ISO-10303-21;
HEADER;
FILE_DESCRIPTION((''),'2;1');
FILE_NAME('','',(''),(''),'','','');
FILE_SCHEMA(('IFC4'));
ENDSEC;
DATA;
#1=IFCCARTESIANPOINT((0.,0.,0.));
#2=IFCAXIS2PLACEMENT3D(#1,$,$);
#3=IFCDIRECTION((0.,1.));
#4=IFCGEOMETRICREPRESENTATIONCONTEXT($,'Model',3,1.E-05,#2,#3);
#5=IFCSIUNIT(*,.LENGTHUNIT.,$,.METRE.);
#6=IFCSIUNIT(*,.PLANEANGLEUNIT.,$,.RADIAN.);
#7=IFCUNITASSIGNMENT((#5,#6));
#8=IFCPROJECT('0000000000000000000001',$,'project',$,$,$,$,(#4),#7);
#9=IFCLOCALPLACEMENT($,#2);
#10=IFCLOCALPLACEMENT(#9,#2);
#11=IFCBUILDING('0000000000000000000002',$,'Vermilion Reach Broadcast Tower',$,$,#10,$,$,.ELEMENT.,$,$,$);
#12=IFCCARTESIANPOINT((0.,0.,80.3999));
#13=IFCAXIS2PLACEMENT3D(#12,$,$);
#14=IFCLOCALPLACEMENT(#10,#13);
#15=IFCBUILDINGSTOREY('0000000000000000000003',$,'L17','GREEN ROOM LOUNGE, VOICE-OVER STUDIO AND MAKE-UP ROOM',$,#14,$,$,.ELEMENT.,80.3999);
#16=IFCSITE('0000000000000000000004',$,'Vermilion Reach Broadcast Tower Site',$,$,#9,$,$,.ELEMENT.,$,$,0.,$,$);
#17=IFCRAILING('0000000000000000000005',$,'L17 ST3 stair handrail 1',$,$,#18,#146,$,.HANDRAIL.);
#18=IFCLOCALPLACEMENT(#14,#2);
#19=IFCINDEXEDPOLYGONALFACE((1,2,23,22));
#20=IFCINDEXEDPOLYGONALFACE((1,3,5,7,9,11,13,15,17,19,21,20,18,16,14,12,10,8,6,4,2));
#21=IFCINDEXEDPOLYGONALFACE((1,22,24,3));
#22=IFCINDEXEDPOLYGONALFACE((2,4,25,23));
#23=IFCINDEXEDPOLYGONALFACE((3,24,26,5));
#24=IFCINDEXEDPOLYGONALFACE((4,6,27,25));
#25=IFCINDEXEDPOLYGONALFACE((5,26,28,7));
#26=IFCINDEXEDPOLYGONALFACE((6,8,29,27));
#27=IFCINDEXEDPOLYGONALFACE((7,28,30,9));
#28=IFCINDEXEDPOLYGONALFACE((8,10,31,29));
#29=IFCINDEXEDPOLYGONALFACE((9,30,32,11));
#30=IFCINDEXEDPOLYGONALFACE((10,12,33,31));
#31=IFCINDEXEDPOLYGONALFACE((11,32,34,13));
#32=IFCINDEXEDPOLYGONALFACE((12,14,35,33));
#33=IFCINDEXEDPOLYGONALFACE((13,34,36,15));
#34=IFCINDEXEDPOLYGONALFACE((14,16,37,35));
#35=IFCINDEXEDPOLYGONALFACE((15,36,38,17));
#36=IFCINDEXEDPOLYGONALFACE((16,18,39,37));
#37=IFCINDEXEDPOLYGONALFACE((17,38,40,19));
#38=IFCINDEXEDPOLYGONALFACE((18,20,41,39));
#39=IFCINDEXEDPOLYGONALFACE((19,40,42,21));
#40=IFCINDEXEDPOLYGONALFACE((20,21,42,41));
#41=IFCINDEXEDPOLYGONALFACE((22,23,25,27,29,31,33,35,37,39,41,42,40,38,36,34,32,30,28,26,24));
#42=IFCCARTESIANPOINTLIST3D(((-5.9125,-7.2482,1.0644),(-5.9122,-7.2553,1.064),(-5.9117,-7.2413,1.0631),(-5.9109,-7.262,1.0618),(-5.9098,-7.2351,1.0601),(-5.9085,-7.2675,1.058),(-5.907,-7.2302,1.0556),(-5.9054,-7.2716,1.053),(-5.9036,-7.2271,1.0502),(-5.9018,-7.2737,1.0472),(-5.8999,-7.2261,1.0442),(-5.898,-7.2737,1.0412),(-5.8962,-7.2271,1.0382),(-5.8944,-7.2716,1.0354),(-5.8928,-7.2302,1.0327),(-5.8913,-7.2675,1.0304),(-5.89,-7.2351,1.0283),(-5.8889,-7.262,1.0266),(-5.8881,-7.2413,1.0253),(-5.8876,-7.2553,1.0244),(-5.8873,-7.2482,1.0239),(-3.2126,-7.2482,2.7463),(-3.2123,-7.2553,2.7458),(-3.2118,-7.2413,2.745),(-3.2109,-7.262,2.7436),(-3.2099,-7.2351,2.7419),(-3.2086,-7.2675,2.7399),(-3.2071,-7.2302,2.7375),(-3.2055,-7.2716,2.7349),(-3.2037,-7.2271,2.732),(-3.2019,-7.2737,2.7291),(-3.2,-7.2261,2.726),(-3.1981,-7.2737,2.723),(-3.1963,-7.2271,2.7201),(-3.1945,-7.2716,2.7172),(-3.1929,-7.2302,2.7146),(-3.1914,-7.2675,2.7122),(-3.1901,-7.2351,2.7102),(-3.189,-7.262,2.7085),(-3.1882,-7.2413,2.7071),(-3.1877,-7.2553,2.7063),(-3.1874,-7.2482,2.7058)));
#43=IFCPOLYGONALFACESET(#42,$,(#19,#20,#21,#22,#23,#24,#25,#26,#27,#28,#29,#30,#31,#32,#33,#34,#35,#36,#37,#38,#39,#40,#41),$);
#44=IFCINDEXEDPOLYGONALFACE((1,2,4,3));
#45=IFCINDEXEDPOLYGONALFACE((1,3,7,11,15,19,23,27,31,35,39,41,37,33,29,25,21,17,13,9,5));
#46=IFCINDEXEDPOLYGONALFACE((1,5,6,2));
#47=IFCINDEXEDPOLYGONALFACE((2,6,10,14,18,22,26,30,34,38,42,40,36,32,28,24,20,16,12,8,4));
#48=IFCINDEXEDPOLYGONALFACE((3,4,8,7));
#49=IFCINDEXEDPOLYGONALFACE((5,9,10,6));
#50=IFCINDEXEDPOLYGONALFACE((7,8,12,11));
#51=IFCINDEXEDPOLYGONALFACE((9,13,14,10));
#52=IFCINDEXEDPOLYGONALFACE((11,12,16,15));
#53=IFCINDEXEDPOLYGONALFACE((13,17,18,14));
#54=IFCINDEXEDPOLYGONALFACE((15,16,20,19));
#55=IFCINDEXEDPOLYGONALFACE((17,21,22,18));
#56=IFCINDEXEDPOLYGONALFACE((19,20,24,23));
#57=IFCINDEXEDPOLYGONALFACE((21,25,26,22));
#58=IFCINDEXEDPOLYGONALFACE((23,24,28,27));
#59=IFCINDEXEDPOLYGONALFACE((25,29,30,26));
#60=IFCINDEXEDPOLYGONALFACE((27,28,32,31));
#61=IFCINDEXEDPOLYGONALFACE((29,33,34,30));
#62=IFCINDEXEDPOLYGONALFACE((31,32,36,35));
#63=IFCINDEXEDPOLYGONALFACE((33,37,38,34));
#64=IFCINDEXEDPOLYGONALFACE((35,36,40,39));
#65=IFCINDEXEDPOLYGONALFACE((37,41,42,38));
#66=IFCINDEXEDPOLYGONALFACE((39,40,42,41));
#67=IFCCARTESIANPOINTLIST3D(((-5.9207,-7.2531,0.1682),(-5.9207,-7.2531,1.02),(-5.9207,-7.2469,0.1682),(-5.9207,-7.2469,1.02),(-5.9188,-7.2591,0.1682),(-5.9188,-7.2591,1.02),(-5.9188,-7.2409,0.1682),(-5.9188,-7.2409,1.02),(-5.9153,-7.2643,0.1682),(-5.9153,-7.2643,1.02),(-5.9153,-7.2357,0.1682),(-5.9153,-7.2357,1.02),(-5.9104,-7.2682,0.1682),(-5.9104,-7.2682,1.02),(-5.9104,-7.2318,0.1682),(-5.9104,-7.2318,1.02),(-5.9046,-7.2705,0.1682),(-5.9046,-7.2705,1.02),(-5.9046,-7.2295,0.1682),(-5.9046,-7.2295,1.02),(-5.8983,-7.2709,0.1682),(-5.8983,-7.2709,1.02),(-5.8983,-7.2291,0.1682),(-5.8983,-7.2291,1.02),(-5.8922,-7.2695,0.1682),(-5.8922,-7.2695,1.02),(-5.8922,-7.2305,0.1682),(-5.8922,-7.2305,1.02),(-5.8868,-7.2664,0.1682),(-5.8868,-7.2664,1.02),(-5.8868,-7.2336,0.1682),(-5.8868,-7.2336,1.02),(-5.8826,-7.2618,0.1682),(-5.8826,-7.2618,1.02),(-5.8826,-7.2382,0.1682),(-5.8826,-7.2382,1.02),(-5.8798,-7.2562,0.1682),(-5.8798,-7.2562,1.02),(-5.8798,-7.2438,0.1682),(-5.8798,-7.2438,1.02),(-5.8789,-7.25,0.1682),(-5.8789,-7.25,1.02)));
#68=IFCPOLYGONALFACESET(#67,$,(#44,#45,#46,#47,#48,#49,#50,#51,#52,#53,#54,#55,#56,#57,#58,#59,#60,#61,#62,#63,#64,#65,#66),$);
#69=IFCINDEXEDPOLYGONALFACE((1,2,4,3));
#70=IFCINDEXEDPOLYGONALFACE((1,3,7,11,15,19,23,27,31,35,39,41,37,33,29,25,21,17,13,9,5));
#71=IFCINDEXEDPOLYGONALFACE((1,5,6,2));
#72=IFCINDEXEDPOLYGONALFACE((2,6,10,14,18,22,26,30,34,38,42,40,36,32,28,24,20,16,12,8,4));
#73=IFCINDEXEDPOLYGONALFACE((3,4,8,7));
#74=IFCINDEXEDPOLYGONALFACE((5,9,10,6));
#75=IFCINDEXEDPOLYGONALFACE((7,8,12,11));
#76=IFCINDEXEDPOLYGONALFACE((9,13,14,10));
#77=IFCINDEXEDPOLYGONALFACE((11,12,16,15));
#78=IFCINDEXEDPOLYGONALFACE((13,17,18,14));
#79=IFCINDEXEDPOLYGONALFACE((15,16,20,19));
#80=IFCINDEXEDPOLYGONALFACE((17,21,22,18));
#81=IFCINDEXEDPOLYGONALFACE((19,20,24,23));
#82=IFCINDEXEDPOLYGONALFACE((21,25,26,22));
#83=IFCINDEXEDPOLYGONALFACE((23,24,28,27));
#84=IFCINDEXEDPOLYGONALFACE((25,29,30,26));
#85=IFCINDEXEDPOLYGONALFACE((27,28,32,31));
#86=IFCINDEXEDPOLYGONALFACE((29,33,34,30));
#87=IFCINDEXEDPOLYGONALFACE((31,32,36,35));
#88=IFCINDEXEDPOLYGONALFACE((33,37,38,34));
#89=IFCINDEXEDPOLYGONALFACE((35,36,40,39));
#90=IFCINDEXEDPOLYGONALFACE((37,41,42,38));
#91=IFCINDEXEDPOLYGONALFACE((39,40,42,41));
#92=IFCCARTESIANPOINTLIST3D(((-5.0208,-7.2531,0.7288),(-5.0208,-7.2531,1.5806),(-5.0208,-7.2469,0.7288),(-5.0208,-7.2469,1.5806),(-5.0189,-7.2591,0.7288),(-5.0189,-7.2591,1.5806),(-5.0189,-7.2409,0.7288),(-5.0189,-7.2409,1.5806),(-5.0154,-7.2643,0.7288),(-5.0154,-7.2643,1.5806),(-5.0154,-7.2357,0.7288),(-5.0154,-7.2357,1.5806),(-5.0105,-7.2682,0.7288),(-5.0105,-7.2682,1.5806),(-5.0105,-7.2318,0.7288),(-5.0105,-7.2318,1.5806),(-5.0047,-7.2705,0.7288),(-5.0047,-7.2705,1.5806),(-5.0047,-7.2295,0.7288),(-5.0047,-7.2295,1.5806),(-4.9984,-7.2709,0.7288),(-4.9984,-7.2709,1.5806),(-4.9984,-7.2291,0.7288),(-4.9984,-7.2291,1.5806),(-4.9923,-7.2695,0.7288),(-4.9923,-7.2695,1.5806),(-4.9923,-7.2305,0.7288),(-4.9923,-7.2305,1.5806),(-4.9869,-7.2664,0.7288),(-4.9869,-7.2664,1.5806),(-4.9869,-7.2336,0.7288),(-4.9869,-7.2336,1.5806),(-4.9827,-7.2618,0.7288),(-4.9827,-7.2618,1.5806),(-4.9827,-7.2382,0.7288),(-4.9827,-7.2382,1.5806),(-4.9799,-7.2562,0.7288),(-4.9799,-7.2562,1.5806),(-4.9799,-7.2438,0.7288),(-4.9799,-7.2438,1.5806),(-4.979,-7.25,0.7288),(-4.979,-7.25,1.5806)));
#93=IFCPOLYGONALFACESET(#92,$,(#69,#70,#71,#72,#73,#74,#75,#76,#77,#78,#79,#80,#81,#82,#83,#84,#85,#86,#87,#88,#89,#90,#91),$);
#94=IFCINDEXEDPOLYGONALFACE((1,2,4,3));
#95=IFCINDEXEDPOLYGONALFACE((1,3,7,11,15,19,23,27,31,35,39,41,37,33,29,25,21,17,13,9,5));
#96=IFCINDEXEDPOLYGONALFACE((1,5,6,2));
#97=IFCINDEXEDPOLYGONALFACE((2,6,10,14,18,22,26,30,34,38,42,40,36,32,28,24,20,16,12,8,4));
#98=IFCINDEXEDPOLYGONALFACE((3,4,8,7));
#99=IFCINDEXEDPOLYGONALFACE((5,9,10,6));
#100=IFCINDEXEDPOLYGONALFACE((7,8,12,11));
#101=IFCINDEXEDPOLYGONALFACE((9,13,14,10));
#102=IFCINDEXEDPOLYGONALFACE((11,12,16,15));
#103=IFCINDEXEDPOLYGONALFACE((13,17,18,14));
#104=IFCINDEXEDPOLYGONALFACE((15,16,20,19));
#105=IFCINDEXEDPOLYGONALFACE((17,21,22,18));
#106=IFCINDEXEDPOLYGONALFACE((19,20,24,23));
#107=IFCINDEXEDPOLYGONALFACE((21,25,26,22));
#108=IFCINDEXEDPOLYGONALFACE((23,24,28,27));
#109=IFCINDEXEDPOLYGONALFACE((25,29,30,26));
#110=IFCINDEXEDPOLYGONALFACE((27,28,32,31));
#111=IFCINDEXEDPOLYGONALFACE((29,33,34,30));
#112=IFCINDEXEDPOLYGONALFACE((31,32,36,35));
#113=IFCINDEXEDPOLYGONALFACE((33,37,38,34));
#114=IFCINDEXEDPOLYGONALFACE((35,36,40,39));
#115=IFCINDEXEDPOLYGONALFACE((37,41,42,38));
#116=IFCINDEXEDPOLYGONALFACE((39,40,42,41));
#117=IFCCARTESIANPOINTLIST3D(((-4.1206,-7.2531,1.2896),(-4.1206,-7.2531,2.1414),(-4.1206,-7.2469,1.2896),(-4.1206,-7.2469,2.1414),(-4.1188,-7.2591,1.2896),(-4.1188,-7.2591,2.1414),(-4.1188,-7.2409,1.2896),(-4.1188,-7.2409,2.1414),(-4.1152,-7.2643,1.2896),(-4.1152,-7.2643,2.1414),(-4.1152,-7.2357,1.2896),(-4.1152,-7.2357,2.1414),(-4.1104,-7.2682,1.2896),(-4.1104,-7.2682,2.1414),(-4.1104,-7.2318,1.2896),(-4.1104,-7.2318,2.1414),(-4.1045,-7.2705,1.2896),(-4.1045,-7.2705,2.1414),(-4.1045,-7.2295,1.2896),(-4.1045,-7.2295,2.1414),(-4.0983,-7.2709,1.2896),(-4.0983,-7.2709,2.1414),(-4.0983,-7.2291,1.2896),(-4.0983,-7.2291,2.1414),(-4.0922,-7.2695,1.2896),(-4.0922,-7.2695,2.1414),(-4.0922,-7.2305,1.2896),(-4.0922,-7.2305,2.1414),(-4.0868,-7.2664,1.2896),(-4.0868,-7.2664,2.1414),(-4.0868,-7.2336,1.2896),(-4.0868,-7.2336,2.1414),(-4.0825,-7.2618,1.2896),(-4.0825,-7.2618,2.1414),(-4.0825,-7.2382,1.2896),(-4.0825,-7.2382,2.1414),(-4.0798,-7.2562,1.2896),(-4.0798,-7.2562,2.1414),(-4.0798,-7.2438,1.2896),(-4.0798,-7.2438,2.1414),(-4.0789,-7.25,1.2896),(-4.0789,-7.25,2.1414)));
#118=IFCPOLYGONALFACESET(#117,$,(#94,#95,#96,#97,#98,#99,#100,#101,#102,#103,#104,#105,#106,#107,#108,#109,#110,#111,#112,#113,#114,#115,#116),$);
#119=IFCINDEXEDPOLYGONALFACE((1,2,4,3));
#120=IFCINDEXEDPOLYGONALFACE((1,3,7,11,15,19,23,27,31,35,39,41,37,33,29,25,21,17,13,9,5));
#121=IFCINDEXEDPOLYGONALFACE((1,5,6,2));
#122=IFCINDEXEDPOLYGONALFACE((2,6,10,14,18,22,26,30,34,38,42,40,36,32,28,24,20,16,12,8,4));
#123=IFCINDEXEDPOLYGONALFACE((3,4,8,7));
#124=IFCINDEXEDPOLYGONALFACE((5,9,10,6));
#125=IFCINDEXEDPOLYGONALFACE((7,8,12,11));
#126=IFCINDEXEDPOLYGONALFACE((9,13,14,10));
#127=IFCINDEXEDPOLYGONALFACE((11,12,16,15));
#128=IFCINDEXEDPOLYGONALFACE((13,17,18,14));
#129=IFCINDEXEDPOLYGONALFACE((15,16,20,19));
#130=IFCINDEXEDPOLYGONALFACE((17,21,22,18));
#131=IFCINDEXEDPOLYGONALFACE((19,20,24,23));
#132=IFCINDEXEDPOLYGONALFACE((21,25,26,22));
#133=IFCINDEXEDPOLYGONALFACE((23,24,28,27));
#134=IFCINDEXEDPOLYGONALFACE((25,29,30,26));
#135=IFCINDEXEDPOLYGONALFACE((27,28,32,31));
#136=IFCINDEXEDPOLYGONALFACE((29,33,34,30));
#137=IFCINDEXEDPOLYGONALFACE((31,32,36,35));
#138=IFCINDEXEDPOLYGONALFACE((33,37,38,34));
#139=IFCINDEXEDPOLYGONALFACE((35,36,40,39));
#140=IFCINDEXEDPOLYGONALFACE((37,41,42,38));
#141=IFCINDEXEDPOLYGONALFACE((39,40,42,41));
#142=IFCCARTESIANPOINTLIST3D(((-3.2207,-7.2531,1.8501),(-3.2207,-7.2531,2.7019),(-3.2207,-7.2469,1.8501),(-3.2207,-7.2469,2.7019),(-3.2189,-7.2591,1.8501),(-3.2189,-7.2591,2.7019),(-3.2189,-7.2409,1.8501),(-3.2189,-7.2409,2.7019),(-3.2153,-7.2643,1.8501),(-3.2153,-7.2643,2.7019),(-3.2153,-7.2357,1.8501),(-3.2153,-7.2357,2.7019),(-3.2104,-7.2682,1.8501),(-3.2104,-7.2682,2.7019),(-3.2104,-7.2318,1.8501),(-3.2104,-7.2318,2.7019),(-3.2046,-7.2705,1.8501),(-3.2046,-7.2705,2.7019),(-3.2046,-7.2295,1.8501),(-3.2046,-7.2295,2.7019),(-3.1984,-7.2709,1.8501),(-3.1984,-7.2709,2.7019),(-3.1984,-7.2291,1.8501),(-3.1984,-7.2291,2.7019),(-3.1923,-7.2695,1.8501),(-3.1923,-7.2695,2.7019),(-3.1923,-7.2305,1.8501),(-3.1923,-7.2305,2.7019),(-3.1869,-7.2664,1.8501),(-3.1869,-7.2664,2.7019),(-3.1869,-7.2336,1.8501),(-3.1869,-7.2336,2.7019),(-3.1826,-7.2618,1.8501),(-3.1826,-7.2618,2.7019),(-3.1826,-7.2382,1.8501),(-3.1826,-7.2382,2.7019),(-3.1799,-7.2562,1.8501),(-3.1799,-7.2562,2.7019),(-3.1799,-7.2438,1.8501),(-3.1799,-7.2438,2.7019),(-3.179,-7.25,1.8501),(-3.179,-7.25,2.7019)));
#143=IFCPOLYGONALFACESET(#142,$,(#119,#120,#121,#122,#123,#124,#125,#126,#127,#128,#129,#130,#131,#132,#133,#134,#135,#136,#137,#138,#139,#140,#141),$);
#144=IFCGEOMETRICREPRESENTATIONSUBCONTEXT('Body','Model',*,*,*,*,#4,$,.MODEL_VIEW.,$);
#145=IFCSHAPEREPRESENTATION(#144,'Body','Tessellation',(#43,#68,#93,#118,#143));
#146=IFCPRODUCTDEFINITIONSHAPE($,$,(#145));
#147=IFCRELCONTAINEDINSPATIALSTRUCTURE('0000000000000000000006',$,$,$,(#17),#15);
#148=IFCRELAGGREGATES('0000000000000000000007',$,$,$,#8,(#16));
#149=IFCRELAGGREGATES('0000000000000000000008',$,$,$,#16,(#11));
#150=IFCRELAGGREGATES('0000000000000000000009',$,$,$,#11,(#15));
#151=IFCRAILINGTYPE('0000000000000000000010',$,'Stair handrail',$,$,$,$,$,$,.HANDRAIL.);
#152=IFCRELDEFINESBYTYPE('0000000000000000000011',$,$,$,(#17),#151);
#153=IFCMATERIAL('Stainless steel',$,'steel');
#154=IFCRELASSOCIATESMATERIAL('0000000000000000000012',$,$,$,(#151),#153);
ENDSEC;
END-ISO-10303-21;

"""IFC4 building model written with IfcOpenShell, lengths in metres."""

from ifc_helpers import new_model, si_unit, direction, frame, origin, origin_2d, place, context, subcontext, project, spatial, circle, extrude, material, type_object, element, save


model = new_model("IFC4")

# Units and contexts
model_context = context("Model", 3, precision=1e-05, world=origin(), true_north=direction((0.0, 1.0)))
body_context = subcontext(model_context, "Body", "Model", "MODEL_VIEW")
ifc_project = project(units=[si_unit("LENGTHUNIT", "METRE"), si_unit("PLANEANGLEUNIT", "RADIAN")], contexts=[model_context])

# Site, building, storey
site_placement = place(None, origin())
site = spatial("IfcSite", under=ifc_project, at=site_placement, Name="Vermilion Reach Broadcast Tower Site", CompositionType="ELEMENT", RefElevation=0.0)
building_placement = place(site_placement, origin())
building = spatial("IfcBuilding", under=site, at=building_placement, Name="Vermilion Reach Broadcast Tower", CompositionType="ELEMENT")
storey_placement = place(building_placement, frame((0.0, 0.0, 80.3999)))
storey = spatial("IfcBuildingStorey", under=building, at=storey_placement, Name="L17", Description="GREEN ROOM LOUNGE, VOICE-OVER STUDIO AND MAKE-UP ROOM", CompositionType="ELEMENT", Elevation=80.3999)

# Railing
ifc_material_1 = material(Name="Stainless steel", Category="steel")
railing_type_1 = type_object("IfcRailingType", Name="Stair handrail", PredefinedType="HANDRAIL", material=ifc_material_1)
railing_1_placement = place(storey_placement, frame((-5.8999, -7.25, 0.1682)))
element("IfcRailing", 1, at=railing_1_placement, inside=storey, type_object=railing_type_1, Name="L17 ST3 stair handrail 1", PredefinedType="HANDRAIL", context=body_context, shape_type="SweptSolid", body=[
    extrude(circle(Radius=0.0239, at=origin_2d()), frame((0.0, 0.0, 0.876), z_axis=(0.848786, 0.0, 0.528736), x_axis=(0.0, 1.0, 0.0)), (0.0, 0.0, 1.0), 3.1809),
    extrude(circle(Radius=0.021, at=origin_2d()), origin(), (0.0, 0.0, 1.0), 0.8518),
    extrude(circle(Radius=0.021, at=origin_2d()), frame((0.8999, 0.0, 0.5605)), (0.0, 0.0, 1.0), 0.8518),
    extrude(circle(Radius=0.021, at=origin_2d()), frame((1.8, 0.0, 1.1213)), (0.0, 0.0, 1.0), 0.8518),
    extrude(circle(Radius=0.021, at=origin_2d()), frame((2.7, 0.0, 1.6819)), (0.0, 0.0, 1.0), 0.8518),
])

save(model, "model.ifc")
